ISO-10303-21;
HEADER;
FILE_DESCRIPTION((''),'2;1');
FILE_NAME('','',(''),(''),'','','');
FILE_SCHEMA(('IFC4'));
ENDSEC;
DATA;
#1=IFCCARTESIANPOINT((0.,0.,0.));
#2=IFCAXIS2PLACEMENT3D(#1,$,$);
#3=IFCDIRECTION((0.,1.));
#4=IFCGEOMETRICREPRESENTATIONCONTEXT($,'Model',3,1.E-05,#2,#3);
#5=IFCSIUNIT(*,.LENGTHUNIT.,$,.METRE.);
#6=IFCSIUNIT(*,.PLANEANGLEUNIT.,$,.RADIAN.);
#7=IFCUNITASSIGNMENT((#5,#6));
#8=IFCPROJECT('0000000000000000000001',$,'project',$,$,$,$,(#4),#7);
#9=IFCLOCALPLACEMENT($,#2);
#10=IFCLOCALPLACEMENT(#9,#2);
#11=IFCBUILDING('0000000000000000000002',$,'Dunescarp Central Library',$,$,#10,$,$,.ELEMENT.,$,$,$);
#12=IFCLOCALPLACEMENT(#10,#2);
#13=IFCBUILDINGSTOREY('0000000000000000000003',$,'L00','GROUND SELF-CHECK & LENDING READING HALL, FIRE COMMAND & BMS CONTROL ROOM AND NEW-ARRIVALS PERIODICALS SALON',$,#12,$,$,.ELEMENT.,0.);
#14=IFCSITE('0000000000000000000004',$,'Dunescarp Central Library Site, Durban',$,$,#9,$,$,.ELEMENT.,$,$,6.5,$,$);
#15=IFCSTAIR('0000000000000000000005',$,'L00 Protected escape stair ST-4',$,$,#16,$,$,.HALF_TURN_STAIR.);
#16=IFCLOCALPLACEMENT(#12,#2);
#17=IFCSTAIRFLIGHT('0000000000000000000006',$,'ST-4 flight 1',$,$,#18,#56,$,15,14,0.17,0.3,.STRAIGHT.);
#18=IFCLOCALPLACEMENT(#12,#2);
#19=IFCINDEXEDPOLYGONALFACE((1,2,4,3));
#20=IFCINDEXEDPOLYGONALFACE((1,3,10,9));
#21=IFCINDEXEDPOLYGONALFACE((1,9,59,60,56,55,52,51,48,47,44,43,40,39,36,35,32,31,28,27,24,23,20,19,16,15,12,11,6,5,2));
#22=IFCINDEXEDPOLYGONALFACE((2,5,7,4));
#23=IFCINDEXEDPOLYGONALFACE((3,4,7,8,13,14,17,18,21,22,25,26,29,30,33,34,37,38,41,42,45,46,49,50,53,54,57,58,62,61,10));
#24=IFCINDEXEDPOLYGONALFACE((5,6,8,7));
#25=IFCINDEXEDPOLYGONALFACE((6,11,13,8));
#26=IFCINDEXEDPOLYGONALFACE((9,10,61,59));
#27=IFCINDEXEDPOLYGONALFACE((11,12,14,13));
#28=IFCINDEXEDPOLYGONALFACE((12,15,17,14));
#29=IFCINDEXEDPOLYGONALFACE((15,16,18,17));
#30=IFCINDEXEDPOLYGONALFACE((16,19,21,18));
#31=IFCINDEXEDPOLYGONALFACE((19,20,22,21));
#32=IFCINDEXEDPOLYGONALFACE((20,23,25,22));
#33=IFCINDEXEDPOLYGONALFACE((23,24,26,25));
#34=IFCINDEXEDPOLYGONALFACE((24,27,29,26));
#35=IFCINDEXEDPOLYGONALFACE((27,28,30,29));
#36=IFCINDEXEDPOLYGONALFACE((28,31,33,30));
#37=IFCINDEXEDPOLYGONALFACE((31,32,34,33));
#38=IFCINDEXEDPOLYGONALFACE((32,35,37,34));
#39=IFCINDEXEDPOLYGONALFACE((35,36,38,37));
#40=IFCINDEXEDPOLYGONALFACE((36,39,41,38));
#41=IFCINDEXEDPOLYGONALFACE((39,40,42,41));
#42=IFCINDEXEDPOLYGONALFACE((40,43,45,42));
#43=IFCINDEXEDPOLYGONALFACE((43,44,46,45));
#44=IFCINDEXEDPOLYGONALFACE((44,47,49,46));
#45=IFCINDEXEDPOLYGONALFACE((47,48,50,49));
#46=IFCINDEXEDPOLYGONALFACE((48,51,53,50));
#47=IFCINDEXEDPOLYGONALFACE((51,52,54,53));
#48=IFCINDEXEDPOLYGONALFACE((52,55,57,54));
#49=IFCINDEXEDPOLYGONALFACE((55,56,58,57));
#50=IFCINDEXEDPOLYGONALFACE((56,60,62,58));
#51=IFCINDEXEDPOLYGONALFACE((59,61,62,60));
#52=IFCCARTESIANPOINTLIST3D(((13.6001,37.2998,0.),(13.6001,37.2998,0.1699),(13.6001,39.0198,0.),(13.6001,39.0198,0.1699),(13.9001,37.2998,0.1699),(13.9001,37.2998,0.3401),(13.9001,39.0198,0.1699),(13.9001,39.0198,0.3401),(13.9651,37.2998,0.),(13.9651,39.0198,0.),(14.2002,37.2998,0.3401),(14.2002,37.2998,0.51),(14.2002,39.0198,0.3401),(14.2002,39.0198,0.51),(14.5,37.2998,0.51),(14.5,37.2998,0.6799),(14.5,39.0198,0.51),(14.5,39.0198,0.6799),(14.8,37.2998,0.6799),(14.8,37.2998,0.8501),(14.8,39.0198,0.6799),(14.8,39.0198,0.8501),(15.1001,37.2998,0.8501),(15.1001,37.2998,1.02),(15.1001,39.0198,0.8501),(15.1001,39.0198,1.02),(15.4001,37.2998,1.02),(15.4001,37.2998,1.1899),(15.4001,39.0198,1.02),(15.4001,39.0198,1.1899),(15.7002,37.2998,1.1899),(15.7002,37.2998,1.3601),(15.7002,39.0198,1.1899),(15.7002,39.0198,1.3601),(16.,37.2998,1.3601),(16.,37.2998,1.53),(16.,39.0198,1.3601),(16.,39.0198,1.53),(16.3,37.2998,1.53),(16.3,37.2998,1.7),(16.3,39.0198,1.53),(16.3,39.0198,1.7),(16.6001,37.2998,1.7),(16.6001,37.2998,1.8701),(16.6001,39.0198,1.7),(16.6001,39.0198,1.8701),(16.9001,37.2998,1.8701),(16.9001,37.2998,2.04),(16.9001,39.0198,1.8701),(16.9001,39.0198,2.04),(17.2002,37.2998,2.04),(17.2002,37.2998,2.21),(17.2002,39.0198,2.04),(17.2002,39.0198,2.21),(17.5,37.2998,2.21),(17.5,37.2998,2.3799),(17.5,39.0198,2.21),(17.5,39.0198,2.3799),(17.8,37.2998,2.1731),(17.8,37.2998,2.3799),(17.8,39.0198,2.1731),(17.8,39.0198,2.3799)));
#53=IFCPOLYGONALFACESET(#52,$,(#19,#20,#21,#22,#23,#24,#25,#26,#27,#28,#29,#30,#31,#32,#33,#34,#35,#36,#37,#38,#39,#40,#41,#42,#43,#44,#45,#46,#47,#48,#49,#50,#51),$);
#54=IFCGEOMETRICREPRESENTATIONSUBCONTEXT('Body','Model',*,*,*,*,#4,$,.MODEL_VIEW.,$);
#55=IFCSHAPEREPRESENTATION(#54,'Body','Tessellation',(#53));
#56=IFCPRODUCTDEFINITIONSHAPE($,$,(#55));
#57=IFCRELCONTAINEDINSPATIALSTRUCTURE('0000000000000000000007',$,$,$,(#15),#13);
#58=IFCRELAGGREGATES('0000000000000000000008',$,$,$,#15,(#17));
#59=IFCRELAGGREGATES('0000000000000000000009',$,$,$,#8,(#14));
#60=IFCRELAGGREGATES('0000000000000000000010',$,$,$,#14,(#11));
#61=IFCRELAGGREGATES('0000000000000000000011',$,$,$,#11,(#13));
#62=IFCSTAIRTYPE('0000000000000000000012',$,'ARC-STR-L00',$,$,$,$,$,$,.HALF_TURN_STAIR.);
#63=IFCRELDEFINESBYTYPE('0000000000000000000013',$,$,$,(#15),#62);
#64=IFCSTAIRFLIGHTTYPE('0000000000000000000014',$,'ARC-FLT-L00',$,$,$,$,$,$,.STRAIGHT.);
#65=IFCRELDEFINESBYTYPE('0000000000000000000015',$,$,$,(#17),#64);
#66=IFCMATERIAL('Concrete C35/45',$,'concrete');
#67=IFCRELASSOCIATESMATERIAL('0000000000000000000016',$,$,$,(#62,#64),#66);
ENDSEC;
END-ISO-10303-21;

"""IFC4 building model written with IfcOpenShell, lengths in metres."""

from ifc_helpers import new_model, si_unit, direction, frame, origin, place, context, subcontext, project, spatial, polyline, outline, extrude, material, type_object, element, aggregate, save


model = new_model("IFC4")

# Units and contexts
model_context = context("Model", 3, precision=1e-05, world=origin(), true_north=direction((0.0, 1.0)))
body_context = subcontext(model_context, "Body", "Model", "MODEL_VIEW")
ifc_project = project(units=[si_unit("LENGTHUNIT", "METRE"), si_unit("PLANEANGLEUNIT", "RADIAN")], contexts=[model_context])

# Site, building, storey
site_placement = place(None, origin())
site = spatial("IfcSite", under=ifc_project, at=site_placement, Name="Dunescarp Central Library Site, Durban", CompositionType="ELEMENT", RefElevation=6.5)
building_placement = place(site_placement, origin())
building = spatial("IfcBuilding", under=site, at=building_placement, Name="Dunescarp Central Library", CompositionType="ELEMENT")
storey_placement = place(building_placement, origin())
storey = spatial("IfcBuildingStorey", under=building, at=storey_placement, Name="L00", Description="GROUND SELF-CHECK & LENDING READING HALL, FIRE COMMAND & BMS CONTROL ROOM AND NEW-ARRIVALS PERIODICALS SALON", CompositionType="ELEMENT", Elevation=0.0)

# Stair, stair flight
ifc_material_1 = material(Name="Concrete C35/45", Category="concrete")
stair_type = type_object("IfcStairType", Name="ARC-STR-L00", PredefinedType="HALF_TURN_STAIR", material=ifc_material_1)
stair_placement = place(storey_placement, origin())
stair = element("IfcStair", 1, at=stair_placement, inside=storey, type_object=stair_type, Name="L00 Protected escape stair ST-4", PredefinedType="HALF_TURN_STAIR")
stair_flight_type = type_object("IfcStairFlightType", Name="ARC-FLT-L00", PredefinedType="STRAIGHT", material=ifc_material_1)
stair_flight_placement = place(storey_placement, frame((13.6001, 38.1599, 0.0), z_axis=(0.0, 0.0, 1.0), x_axis=(1.0, 0.0, 0.0)))
stair_flight = element("IfcStairFlight", 2, at=stair_flight_placement, type_object=stair_flight_type, Name="ST-4 flight 1", NumberOfRisers=15, NumberOfTreads=14, PredefinedType="STRAIGHT", RiserHeight=0.17, TreadLength=0.3, context=body_context, shape_type="SweptSolid", body=[
    extrude(outline(polyline([(0.0, 0.0), (0.0, 0.1699), (0.3, 0.1699), (0.3, 0.3401), (0.6001, 0.3401), (0.6001, 0.51), (0.8999, 0.51), (0.8999, 0.6799), (1.2, 0.6799), (1.2, 0.8501), (1.5, 0.8501), (1.5, 1.02), (1.8, 1.02), (1.8, 1.1899), (2.1001, 1.1899), (2.1001, 1.3601), (2.3999, 1.3601), (2.3999, 1.53), (2.7, 1.53), (2.7, 1.7), (3.0, 1.7), (3.0, 1.8701), (3.3, 1.8701), (3.3, 2.04), (3.6001, 2.04), (3.6001, 2.21), (3.8999, 2.21), (3.8999, 2.3799), (4.2, 2.3799), (4.2, 2.55), (4.2, 2.1731), (0.365, 0.0), (0.0, 0.0)])), frame((0.0, 0.8599, 0.0), z_axis=(0.0, -1.0, 0.0), x_axis=(1.0, 0.0, 0.0)), (0.0, 0.0, 1.0), 1.72),
])
aggregate(stair, [stair_flight])

save(model, "model.ifc")
